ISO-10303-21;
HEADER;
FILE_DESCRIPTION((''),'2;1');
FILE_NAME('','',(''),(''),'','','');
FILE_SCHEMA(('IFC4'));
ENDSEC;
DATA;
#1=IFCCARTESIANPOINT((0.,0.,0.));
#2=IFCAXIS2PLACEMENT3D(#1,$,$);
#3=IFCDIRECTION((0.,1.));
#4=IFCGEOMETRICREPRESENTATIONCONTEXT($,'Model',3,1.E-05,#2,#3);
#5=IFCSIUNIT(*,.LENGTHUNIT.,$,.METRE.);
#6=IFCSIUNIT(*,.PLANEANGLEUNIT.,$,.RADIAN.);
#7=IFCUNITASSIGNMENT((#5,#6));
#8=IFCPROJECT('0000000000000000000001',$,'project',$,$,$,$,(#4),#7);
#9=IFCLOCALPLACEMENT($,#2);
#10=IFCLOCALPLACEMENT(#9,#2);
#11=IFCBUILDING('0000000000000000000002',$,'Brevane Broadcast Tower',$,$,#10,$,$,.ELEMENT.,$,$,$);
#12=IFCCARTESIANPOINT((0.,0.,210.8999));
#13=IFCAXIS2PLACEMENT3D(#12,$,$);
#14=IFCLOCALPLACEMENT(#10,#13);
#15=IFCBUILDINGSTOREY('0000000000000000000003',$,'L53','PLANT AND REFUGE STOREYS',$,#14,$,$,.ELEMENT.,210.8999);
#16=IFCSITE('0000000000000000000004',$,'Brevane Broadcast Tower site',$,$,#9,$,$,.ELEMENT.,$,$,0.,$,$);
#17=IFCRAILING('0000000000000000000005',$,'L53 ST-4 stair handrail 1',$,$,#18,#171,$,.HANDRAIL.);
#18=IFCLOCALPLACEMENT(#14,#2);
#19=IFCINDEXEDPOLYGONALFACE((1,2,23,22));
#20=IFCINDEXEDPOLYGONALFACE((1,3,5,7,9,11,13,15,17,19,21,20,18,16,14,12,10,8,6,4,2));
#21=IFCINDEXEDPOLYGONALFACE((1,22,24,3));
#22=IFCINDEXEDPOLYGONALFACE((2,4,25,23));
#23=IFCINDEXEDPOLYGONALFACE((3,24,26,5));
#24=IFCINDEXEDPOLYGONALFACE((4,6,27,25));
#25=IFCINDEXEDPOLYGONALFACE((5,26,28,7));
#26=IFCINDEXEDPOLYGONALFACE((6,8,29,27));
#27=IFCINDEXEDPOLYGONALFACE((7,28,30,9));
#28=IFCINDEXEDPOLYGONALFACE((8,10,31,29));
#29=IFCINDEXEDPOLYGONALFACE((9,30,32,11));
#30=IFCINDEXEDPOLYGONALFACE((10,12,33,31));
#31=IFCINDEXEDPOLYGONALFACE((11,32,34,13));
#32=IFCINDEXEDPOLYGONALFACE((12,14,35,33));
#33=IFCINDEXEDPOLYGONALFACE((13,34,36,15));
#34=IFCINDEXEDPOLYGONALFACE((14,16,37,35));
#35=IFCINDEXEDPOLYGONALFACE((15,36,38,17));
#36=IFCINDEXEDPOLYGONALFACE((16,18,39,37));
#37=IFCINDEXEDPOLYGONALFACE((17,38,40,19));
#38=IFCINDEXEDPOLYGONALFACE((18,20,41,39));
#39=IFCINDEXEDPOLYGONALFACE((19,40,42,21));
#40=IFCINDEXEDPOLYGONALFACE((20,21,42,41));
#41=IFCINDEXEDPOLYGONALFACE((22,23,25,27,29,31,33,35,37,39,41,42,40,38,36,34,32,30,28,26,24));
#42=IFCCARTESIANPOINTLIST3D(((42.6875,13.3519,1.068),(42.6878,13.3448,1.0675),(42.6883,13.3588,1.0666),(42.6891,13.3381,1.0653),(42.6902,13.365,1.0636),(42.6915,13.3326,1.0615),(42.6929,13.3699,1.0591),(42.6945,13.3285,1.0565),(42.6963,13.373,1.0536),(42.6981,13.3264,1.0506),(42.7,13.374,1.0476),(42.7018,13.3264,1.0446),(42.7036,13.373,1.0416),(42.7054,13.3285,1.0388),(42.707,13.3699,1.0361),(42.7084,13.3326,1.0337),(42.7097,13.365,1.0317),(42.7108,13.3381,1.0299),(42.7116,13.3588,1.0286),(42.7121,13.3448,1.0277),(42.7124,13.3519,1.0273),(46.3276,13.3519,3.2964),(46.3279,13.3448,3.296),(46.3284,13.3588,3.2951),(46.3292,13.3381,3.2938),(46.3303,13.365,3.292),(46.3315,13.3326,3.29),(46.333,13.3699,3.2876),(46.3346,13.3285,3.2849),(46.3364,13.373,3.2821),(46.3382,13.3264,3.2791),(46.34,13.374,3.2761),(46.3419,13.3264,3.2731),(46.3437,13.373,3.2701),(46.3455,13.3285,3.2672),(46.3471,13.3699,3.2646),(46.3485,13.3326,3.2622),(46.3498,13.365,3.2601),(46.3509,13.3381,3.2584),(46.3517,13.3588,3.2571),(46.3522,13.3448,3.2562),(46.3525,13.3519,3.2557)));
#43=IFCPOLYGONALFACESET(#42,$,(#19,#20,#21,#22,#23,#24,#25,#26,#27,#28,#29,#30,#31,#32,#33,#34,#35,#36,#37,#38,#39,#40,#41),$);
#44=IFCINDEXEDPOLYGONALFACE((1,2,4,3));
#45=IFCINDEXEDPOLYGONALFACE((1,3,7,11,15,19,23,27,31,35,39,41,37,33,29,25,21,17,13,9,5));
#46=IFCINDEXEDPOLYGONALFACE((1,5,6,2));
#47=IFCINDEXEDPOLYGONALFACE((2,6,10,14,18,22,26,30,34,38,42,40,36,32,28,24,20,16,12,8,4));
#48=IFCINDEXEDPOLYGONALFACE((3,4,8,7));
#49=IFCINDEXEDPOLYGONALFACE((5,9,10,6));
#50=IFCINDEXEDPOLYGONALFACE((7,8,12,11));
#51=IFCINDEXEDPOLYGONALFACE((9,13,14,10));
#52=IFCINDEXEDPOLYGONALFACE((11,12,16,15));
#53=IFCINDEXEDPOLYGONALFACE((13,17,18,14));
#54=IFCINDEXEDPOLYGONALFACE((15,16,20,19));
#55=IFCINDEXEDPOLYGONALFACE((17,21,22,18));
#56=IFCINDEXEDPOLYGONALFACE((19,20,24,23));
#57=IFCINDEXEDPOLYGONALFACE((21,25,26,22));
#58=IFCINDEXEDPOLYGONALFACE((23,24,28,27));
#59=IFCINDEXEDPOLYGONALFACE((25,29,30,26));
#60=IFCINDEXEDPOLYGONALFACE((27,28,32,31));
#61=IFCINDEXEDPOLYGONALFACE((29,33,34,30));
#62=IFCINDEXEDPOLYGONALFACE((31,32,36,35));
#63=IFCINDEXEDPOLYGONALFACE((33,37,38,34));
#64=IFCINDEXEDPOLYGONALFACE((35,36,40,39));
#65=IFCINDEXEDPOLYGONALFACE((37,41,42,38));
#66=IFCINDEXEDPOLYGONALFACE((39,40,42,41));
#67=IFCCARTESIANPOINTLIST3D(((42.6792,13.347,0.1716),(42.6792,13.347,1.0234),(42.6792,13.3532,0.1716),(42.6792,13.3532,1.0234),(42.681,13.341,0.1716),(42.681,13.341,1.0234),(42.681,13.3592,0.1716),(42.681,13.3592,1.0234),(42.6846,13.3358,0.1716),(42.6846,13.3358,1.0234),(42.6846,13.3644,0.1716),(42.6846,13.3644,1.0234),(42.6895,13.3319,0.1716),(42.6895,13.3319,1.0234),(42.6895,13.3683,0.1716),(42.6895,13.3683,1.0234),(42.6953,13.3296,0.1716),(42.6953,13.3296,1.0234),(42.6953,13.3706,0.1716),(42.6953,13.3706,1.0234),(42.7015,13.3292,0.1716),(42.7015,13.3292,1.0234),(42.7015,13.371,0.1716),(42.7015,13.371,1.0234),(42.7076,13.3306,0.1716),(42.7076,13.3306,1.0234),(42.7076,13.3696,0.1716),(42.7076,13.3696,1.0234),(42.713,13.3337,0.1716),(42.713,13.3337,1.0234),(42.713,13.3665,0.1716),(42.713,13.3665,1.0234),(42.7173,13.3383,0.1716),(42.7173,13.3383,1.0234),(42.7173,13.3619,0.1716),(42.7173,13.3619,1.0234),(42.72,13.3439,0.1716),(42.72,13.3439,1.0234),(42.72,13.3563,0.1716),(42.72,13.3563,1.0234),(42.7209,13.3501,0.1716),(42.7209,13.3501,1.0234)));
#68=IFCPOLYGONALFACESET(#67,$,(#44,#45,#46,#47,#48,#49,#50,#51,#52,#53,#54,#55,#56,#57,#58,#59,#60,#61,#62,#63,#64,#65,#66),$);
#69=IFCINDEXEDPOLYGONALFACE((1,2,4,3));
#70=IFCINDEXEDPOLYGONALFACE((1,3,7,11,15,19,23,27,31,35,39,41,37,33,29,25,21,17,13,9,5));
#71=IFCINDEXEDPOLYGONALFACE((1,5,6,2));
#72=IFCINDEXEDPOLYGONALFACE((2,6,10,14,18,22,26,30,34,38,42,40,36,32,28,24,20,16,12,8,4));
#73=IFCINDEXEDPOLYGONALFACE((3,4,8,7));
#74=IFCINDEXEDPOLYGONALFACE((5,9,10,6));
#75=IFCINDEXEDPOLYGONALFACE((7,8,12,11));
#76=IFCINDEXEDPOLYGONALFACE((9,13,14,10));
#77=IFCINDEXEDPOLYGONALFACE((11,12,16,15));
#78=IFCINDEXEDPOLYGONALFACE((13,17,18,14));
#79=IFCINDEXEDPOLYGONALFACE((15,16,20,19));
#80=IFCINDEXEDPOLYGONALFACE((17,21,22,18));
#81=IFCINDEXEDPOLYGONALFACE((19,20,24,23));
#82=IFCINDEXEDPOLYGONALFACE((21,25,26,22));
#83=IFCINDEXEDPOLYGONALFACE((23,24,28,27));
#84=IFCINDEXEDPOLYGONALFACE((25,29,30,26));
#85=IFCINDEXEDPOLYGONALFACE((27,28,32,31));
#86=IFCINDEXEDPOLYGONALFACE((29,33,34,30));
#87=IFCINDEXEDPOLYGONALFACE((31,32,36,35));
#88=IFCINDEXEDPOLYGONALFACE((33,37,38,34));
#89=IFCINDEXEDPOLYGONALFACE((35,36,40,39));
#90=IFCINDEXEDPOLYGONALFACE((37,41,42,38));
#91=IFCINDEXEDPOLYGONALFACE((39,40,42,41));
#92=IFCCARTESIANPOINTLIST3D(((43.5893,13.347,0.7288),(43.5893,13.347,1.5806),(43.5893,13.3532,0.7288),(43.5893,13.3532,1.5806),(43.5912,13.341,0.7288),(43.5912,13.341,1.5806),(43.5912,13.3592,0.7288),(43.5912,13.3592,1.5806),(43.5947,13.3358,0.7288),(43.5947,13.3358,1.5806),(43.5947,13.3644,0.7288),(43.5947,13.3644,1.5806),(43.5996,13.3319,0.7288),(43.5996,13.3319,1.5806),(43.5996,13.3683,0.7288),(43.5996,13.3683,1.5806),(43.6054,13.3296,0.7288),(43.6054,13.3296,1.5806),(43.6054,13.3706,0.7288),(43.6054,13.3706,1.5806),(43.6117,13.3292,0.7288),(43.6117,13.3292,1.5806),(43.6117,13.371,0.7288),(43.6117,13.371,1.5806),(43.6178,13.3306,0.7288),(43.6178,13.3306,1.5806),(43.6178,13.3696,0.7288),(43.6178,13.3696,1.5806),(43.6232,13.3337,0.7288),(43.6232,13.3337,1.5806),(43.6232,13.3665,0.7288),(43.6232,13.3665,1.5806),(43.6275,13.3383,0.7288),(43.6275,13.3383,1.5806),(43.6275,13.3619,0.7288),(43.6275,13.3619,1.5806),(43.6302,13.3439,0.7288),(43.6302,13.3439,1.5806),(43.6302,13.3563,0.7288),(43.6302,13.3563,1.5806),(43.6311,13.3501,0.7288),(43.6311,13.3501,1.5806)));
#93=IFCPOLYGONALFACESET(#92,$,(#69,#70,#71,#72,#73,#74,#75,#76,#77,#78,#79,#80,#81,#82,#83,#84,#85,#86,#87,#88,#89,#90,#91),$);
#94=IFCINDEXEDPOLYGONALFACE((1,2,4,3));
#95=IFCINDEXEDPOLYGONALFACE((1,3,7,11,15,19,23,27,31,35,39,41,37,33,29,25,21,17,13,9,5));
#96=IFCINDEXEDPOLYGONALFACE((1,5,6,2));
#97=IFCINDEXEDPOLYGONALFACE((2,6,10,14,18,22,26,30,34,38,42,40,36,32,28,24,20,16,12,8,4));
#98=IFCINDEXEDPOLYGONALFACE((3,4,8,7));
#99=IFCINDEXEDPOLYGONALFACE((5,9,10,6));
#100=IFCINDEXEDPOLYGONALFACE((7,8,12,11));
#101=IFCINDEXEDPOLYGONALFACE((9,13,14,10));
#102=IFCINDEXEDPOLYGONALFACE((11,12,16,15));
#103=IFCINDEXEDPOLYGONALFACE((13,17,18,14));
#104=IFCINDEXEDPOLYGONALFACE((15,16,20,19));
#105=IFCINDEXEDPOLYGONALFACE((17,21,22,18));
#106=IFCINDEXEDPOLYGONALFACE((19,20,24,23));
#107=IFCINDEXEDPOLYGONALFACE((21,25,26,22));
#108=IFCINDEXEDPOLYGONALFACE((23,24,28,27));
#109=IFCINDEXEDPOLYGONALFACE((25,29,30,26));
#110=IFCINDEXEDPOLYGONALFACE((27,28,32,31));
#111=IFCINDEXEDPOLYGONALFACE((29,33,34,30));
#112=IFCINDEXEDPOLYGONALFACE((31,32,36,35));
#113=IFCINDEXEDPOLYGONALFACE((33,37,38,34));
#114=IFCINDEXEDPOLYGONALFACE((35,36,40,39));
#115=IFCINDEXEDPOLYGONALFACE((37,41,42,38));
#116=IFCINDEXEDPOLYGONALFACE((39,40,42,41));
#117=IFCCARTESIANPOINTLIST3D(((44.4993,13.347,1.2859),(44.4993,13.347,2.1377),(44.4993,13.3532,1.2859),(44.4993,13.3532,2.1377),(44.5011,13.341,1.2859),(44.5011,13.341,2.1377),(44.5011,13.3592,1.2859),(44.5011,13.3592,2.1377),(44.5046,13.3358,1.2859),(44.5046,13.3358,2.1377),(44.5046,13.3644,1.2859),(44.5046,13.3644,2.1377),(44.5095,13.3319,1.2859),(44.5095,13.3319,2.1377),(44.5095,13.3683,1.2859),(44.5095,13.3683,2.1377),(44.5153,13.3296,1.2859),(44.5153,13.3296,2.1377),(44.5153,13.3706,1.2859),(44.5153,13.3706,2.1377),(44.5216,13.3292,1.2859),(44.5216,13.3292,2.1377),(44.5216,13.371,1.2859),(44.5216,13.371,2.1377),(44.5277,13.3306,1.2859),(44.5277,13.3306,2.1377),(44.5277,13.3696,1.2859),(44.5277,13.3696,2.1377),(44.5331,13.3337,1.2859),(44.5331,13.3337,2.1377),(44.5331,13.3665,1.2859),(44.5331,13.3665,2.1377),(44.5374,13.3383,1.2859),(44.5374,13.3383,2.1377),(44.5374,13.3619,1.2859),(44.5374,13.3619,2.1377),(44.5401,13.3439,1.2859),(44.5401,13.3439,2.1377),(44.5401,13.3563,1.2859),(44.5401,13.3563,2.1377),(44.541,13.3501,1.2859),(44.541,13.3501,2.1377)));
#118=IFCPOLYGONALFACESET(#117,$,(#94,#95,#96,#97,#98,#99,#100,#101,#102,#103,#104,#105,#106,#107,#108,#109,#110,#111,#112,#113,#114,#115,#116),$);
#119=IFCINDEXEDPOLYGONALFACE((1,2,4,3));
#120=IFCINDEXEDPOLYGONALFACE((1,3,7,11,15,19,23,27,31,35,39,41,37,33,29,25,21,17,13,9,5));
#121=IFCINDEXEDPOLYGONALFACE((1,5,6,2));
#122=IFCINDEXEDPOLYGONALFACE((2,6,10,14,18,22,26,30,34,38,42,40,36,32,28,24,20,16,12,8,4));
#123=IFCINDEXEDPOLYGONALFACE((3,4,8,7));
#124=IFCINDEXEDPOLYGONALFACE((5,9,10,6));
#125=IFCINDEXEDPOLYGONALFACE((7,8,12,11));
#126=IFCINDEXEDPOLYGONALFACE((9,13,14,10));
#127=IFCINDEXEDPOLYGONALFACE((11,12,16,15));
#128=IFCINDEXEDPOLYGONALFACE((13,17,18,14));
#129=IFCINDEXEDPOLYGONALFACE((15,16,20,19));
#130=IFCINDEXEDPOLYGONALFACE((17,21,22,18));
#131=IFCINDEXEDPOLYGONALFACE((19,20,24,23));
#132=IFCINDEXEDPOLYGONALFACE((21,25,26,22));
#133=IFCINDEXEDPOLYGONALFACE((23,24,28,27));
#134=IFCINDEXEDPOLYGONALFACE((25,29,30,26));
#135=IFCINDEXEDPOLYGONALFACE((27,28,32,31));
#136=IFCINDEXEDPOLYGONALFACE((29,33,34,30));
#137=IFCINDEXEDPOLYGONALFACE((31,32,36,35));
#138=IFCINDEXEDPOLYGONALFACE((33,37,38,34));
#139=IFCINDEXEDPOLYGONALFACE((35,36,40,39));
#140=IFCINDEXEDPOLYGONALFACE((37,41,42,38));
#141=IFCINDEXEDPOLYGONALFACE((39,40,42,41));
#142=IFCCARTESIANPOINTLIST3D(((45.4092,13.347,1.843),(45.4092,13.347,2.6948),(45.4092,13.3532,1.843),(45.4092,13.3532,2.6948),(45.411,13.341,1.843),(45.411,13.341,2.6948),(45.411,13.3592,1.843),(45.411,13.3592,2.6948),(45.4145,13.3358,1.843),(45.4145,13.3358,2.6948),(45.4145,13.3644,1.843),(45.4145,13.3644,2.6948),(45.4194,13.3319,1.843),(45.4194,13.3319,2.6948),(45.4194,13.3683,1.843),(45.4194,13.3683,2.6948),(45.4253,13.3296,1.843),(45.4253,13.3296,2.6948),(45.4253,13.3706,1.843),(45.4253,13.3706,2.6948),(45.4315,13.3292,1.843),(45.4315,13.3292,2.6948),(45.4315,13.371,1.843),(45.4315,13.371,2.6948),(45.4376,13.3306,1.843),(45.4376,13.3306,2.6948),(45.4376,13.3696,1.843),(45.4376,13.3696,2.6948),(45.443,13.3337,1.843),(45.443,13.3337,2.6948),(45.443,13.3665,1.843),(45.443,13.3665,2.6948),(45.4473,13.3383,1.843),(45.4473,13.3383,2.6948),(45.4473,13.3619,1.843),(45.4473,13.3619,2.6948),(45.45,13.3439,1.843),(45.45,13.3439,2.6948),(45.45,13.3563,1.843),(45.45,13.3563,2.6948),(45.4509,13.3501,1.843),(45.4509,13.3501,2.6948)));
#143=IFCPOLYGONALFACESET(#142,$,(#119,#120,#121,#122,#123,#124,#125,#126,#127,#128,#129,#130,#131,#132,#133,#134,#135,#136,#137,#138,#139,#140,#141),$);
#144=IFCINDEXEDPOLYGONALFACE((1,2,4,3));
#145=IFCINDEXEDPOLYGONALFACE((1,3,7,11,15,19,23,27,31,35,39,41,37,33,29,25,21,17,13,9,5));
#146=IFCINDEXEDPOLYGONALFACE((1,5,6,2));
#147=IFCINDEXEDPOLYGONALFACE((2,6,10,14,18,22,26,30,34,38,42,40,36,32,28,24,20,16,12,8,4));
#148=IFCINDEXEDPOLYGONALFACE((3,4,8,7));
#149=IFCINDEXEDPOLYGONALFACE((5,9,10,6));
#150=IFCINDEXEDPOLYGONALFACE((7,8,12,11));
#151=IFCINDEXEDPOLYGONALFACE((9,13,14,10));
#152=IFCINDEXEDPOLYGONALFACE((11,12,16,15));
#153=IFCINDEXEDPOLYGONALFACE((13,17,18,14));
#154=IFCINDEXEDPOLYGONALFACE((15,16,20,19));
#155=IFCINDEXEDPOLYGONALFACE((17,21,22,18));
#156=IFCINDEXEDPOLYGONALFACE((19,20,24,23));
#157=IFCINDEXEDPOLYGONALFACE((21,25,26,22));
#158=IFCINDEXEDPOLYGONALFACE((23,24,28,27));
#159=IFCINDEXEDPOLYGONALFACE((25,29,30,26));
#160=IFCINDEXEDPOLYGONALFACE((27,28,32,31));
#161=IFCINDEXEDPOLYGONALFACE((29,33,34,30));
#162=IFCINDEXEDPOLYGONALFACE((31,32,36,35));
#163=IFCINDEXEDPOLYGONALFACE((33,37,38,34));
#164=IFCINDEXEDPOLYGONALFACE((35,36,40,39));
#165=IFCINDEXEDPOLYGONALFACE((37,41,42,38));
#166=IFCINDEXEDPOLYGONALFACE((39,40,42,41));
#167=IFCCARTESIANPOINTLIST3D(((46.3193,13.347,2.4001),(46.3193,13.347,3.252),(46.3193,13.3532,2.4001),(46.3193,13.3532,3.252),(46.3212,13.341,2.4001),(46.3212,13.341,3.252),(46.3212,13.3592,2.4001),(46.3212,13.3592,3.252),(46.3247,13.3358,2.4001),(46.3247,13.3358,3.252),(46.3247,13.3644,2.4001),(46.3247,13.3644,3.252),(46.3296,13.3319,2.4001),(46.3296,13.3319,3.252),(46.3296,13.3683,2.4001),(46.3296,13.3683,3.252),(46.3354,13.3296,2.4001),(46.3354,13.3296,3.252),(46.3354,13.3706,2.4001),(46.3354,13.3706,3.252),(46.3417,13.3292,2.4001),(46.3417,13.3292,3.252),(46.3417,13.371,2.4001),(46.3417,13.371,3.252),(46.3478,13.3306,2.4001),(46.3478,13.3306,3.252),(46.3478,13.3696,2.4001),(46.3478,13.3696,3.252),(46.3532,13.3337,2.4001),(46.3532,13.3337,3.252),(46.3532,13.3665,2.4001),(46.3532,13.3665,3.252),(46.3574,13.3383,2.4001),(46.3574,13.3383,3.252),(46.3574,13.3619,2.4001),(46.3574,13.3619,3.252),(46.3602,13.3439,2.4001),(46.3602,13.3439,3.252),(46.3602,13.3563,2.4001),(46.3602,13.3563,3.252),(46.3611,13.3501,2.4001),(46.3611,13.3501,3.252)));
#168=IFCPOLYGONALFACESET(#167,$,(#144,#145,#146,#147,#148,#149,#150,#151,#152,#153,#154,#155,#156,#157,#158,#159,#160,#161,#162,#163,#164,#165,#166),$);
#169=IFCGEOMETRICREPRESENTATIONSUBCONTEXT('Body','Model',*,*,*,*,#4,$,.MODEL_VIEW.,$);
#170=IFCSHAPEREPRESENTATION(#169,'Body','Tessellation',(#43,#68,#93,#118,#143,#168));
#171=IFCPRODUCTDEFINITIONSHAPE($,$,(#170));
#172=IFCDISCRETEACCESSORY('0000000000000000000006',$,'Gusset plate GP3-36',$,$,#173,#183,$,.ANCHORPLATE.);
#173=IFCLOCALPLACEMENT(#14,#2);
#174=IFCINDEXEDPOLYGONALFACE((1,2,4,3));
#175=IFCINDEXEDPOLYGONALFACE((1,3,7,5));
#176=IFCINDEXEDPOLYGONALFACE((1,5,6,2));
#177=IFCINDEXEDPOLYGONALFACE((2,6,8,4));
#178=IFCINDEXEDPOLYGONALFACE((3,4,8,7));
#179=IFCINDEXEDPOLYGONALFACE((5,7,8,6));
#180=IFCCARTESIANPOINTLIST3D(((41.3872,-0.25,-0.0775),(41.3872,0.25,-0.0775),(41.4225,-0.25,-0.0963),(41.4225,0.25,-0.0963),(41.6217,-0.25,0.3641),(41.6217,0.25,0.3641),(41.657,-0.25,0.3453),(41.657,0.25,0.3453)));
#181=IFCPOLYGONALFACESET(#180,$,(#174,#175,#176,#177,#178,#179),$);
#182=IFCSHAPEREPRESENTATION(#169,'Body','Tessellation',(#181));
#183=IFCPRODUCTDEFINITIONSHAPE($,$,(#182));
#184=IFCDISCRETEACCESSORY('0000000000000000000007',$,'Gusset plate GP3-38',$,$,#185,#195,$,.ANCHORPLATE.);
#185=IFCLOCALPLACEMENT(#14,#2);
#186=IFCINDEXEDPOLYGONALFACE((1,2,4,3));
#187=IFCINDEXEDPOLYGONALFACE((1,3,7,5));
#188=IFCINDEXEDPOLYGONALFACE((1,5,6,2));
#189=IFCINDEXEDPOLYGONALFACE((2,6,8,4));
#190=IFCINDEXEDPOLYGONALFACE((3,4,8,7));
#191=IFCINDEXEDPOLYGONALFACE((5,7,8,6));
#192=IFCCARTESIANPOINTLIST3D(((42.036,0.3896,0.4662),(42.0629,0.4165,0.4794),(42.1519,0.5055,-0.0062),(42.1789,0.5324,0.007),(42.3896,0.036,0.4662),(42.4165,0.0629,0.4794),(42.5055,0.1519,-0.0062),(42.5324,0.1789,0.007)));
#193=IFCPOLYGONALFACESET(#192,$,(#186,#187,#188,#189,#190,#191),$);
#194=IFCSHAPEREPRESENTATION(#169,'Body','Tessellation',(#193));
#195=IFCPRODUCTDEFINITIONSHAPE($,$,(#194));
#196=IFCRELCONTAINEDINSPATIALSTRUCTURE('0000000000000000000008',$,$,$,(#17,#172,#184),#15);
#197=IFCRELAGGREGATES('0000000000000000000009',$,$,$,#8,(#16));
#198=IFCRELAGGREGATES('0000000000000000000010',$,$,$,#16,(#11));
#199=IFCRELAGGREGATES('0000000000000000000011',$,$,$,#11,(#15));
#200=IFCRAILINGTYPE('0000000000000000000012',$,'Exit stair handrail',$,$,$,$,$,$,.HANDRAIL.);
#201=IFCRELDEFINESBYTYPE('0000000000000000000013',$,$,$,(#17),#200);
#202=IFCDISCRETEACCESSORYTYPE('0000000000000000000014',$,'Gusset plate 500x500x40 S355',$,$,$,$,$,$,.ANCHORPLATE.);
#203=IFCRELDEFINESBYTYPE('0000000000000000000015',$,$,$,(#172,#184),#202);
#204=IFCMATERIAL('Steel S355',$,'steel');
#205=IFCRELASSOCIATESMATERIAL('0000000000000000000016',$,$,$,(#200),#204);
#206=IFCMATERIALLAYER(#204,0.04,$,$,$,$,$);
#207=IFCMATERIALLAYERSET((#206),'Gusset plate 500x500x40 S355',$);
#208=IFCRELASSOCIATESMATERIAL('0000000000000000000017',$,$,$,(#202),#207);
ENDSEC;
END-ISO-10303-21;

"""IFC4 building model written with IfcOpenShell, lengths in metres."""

from ifc_helpers import new_model, si_unit, direction, frame, origin, origin_2d, place, context, subcontext, project, spatial, rectangle, circle, extrude, material, layer, layer_set, type_object, element, save


model = new_model("IFC4")

# Units and contexts
model_context = context("Model", 3, precision=1e-05, world=origin(), true_north=direction((0.0, 1.0)))
body_context = subcontext(model_context, "Body", "Model", "MODEL_VIEW")
ifc_project = project(units=[si_unit("LENGTHUNIT", "METRE"), si_unit("PLANEANGLEUNIT", "RADIAN")], contexts=[model_context])

# Site, building, storey
site_placement = place(None, origin())
site = spatial("IfcSite", under=ifc_project, at=site_placement, Name="Brevane Broadcast Tower site", CompositionType="ELEMENT", RefElevation=0.0)
building_placement = place(site_placement, origin())
building = spatial("IfcBuilding", under=site, at=building_placement, Name="Brevane Broadcast Tower", CompositionType="ELEMENT")
storey_placement = place(building_placement, frame((0.0, 0.0, 210.8999)))
storey = spatial("IfcBuildingStorey", under=building, at=storey_placement, Name="L53", Description="PLANT AND REFUGE STOREYS", CompositionType="ELEMENT", Elevation=210.8999)

# Shared definitions
ifc_material_1 = material(Name="Steel S355", Category="steel")

# Railing
railing_type_1 = type_object("IfcRailingType", Name="Exit stair handrail", PredefinedType="HANDRAIL", material=ifc_material_1)
railing_1_placement = place(storey_placement, frame((42.7, 13.3501, 0.1716)))
element("IfcRailing", 1, at=railing_1_placement, inside=storey, type_object=railing_type_1, Name="L53 ST-4 stair handrail 1", PredefinedType="HANDRAIL", context=body_context, shape_type="SweptSolid", body=[
    extrude(circle(Radius=0.0239, at=origin_2d()), frame((0.0, 0.0, 0.876), z_axis=(0.852866, 0.0, 0.52213), x_axis=(0.0, 1.0, 0.0)), (0.0, 0.0, 1.0), 4.2681),
    extrude(circle(Radius=0.021, at=origin_2d()), origin(), (0.0, 0.0, 1.0), 0.8518),
    extrude(circle(Radius=0.021, at=origin_2d()), frame((0.9102, 0.0, 0.5571)), (0.0, 0.0, 1.0), 0.8518),
    extrude(circle(Radius=0.021, at=origin_2d()), frame((1.8201, 0.0, 1.1143)), (0.0, 0.0, 1.0), 0.8518),
    extrude(circle(Radius=0.021, at=origin_2d()), frame((2.73, 0.0, 1.6714)), (0.0, 0.0, 1.0), 0.8518),
    extrude(circle(Radius=0.021, at=origin_2d()), frame((3.6401, 0.0, 2.2285)), (0.0, 0.0, 1.0), 0.8518),
])

# Discrete accessories
ifc_layer_1 = layer(ifc_material_1, 0.04)
ifc_layer_set_1 = layer_set([ifc_layer_1], Name="Gusset plate 500x500x40 S355")
discrete_accessory_type = type_object("IfcDiscreteAccessoryType", Name="Gusset plate 500x500x40 S355", PredefinedType="ANCHORPLATE", material=ifc_layer_set_1)
discrete_accessory_1_placement = place(storey_placement, frame((41.5398, 0.0, 0.1245), z_axis=(-0.883195, 0.0, 0.469007), x_axis=(0.0, -1.0, 0.0)))
element("IfcDiscreteAccessory", 2, at=discrete_accessory_1_placement, inside=storey, type_object=discrete_accessory_type, Name="Gusset plate GP3-36", PredefinedType="ANCHORPLATE", context=body_context, shape_type="SweptSolid", body=[
    extrude(rectangle(XDim=0.5, YDim=0.5, at=origin_2d()), origin(), (0.0, 0.0, 1.0), 0.04),
])
discrete_accessory_2_placement = place(storey_placement, frame((42.2708, 0.2708, 0.23), z_axis=(0.668005, 0.668005, 0.32793), x_axis=(-0.707107, 0.707107, 0.0)))
element("IfcDiscreteAccessory", 3, at=discrete_accessory_2_placement, inside=storey, type_object=discrete_accessory_type, Name="Gusset plate GP3-38", PredefinedType="ANCHORPLATE", context=body_context, shape_type="SweptSolid", body=[
    extrude(rectangle(XDim=0.5, YDim=0.5, at=origin_2d()), origin(), (0.0, 0.0, 1.0), 0.0403),
])

save(model, "model.ifc")
